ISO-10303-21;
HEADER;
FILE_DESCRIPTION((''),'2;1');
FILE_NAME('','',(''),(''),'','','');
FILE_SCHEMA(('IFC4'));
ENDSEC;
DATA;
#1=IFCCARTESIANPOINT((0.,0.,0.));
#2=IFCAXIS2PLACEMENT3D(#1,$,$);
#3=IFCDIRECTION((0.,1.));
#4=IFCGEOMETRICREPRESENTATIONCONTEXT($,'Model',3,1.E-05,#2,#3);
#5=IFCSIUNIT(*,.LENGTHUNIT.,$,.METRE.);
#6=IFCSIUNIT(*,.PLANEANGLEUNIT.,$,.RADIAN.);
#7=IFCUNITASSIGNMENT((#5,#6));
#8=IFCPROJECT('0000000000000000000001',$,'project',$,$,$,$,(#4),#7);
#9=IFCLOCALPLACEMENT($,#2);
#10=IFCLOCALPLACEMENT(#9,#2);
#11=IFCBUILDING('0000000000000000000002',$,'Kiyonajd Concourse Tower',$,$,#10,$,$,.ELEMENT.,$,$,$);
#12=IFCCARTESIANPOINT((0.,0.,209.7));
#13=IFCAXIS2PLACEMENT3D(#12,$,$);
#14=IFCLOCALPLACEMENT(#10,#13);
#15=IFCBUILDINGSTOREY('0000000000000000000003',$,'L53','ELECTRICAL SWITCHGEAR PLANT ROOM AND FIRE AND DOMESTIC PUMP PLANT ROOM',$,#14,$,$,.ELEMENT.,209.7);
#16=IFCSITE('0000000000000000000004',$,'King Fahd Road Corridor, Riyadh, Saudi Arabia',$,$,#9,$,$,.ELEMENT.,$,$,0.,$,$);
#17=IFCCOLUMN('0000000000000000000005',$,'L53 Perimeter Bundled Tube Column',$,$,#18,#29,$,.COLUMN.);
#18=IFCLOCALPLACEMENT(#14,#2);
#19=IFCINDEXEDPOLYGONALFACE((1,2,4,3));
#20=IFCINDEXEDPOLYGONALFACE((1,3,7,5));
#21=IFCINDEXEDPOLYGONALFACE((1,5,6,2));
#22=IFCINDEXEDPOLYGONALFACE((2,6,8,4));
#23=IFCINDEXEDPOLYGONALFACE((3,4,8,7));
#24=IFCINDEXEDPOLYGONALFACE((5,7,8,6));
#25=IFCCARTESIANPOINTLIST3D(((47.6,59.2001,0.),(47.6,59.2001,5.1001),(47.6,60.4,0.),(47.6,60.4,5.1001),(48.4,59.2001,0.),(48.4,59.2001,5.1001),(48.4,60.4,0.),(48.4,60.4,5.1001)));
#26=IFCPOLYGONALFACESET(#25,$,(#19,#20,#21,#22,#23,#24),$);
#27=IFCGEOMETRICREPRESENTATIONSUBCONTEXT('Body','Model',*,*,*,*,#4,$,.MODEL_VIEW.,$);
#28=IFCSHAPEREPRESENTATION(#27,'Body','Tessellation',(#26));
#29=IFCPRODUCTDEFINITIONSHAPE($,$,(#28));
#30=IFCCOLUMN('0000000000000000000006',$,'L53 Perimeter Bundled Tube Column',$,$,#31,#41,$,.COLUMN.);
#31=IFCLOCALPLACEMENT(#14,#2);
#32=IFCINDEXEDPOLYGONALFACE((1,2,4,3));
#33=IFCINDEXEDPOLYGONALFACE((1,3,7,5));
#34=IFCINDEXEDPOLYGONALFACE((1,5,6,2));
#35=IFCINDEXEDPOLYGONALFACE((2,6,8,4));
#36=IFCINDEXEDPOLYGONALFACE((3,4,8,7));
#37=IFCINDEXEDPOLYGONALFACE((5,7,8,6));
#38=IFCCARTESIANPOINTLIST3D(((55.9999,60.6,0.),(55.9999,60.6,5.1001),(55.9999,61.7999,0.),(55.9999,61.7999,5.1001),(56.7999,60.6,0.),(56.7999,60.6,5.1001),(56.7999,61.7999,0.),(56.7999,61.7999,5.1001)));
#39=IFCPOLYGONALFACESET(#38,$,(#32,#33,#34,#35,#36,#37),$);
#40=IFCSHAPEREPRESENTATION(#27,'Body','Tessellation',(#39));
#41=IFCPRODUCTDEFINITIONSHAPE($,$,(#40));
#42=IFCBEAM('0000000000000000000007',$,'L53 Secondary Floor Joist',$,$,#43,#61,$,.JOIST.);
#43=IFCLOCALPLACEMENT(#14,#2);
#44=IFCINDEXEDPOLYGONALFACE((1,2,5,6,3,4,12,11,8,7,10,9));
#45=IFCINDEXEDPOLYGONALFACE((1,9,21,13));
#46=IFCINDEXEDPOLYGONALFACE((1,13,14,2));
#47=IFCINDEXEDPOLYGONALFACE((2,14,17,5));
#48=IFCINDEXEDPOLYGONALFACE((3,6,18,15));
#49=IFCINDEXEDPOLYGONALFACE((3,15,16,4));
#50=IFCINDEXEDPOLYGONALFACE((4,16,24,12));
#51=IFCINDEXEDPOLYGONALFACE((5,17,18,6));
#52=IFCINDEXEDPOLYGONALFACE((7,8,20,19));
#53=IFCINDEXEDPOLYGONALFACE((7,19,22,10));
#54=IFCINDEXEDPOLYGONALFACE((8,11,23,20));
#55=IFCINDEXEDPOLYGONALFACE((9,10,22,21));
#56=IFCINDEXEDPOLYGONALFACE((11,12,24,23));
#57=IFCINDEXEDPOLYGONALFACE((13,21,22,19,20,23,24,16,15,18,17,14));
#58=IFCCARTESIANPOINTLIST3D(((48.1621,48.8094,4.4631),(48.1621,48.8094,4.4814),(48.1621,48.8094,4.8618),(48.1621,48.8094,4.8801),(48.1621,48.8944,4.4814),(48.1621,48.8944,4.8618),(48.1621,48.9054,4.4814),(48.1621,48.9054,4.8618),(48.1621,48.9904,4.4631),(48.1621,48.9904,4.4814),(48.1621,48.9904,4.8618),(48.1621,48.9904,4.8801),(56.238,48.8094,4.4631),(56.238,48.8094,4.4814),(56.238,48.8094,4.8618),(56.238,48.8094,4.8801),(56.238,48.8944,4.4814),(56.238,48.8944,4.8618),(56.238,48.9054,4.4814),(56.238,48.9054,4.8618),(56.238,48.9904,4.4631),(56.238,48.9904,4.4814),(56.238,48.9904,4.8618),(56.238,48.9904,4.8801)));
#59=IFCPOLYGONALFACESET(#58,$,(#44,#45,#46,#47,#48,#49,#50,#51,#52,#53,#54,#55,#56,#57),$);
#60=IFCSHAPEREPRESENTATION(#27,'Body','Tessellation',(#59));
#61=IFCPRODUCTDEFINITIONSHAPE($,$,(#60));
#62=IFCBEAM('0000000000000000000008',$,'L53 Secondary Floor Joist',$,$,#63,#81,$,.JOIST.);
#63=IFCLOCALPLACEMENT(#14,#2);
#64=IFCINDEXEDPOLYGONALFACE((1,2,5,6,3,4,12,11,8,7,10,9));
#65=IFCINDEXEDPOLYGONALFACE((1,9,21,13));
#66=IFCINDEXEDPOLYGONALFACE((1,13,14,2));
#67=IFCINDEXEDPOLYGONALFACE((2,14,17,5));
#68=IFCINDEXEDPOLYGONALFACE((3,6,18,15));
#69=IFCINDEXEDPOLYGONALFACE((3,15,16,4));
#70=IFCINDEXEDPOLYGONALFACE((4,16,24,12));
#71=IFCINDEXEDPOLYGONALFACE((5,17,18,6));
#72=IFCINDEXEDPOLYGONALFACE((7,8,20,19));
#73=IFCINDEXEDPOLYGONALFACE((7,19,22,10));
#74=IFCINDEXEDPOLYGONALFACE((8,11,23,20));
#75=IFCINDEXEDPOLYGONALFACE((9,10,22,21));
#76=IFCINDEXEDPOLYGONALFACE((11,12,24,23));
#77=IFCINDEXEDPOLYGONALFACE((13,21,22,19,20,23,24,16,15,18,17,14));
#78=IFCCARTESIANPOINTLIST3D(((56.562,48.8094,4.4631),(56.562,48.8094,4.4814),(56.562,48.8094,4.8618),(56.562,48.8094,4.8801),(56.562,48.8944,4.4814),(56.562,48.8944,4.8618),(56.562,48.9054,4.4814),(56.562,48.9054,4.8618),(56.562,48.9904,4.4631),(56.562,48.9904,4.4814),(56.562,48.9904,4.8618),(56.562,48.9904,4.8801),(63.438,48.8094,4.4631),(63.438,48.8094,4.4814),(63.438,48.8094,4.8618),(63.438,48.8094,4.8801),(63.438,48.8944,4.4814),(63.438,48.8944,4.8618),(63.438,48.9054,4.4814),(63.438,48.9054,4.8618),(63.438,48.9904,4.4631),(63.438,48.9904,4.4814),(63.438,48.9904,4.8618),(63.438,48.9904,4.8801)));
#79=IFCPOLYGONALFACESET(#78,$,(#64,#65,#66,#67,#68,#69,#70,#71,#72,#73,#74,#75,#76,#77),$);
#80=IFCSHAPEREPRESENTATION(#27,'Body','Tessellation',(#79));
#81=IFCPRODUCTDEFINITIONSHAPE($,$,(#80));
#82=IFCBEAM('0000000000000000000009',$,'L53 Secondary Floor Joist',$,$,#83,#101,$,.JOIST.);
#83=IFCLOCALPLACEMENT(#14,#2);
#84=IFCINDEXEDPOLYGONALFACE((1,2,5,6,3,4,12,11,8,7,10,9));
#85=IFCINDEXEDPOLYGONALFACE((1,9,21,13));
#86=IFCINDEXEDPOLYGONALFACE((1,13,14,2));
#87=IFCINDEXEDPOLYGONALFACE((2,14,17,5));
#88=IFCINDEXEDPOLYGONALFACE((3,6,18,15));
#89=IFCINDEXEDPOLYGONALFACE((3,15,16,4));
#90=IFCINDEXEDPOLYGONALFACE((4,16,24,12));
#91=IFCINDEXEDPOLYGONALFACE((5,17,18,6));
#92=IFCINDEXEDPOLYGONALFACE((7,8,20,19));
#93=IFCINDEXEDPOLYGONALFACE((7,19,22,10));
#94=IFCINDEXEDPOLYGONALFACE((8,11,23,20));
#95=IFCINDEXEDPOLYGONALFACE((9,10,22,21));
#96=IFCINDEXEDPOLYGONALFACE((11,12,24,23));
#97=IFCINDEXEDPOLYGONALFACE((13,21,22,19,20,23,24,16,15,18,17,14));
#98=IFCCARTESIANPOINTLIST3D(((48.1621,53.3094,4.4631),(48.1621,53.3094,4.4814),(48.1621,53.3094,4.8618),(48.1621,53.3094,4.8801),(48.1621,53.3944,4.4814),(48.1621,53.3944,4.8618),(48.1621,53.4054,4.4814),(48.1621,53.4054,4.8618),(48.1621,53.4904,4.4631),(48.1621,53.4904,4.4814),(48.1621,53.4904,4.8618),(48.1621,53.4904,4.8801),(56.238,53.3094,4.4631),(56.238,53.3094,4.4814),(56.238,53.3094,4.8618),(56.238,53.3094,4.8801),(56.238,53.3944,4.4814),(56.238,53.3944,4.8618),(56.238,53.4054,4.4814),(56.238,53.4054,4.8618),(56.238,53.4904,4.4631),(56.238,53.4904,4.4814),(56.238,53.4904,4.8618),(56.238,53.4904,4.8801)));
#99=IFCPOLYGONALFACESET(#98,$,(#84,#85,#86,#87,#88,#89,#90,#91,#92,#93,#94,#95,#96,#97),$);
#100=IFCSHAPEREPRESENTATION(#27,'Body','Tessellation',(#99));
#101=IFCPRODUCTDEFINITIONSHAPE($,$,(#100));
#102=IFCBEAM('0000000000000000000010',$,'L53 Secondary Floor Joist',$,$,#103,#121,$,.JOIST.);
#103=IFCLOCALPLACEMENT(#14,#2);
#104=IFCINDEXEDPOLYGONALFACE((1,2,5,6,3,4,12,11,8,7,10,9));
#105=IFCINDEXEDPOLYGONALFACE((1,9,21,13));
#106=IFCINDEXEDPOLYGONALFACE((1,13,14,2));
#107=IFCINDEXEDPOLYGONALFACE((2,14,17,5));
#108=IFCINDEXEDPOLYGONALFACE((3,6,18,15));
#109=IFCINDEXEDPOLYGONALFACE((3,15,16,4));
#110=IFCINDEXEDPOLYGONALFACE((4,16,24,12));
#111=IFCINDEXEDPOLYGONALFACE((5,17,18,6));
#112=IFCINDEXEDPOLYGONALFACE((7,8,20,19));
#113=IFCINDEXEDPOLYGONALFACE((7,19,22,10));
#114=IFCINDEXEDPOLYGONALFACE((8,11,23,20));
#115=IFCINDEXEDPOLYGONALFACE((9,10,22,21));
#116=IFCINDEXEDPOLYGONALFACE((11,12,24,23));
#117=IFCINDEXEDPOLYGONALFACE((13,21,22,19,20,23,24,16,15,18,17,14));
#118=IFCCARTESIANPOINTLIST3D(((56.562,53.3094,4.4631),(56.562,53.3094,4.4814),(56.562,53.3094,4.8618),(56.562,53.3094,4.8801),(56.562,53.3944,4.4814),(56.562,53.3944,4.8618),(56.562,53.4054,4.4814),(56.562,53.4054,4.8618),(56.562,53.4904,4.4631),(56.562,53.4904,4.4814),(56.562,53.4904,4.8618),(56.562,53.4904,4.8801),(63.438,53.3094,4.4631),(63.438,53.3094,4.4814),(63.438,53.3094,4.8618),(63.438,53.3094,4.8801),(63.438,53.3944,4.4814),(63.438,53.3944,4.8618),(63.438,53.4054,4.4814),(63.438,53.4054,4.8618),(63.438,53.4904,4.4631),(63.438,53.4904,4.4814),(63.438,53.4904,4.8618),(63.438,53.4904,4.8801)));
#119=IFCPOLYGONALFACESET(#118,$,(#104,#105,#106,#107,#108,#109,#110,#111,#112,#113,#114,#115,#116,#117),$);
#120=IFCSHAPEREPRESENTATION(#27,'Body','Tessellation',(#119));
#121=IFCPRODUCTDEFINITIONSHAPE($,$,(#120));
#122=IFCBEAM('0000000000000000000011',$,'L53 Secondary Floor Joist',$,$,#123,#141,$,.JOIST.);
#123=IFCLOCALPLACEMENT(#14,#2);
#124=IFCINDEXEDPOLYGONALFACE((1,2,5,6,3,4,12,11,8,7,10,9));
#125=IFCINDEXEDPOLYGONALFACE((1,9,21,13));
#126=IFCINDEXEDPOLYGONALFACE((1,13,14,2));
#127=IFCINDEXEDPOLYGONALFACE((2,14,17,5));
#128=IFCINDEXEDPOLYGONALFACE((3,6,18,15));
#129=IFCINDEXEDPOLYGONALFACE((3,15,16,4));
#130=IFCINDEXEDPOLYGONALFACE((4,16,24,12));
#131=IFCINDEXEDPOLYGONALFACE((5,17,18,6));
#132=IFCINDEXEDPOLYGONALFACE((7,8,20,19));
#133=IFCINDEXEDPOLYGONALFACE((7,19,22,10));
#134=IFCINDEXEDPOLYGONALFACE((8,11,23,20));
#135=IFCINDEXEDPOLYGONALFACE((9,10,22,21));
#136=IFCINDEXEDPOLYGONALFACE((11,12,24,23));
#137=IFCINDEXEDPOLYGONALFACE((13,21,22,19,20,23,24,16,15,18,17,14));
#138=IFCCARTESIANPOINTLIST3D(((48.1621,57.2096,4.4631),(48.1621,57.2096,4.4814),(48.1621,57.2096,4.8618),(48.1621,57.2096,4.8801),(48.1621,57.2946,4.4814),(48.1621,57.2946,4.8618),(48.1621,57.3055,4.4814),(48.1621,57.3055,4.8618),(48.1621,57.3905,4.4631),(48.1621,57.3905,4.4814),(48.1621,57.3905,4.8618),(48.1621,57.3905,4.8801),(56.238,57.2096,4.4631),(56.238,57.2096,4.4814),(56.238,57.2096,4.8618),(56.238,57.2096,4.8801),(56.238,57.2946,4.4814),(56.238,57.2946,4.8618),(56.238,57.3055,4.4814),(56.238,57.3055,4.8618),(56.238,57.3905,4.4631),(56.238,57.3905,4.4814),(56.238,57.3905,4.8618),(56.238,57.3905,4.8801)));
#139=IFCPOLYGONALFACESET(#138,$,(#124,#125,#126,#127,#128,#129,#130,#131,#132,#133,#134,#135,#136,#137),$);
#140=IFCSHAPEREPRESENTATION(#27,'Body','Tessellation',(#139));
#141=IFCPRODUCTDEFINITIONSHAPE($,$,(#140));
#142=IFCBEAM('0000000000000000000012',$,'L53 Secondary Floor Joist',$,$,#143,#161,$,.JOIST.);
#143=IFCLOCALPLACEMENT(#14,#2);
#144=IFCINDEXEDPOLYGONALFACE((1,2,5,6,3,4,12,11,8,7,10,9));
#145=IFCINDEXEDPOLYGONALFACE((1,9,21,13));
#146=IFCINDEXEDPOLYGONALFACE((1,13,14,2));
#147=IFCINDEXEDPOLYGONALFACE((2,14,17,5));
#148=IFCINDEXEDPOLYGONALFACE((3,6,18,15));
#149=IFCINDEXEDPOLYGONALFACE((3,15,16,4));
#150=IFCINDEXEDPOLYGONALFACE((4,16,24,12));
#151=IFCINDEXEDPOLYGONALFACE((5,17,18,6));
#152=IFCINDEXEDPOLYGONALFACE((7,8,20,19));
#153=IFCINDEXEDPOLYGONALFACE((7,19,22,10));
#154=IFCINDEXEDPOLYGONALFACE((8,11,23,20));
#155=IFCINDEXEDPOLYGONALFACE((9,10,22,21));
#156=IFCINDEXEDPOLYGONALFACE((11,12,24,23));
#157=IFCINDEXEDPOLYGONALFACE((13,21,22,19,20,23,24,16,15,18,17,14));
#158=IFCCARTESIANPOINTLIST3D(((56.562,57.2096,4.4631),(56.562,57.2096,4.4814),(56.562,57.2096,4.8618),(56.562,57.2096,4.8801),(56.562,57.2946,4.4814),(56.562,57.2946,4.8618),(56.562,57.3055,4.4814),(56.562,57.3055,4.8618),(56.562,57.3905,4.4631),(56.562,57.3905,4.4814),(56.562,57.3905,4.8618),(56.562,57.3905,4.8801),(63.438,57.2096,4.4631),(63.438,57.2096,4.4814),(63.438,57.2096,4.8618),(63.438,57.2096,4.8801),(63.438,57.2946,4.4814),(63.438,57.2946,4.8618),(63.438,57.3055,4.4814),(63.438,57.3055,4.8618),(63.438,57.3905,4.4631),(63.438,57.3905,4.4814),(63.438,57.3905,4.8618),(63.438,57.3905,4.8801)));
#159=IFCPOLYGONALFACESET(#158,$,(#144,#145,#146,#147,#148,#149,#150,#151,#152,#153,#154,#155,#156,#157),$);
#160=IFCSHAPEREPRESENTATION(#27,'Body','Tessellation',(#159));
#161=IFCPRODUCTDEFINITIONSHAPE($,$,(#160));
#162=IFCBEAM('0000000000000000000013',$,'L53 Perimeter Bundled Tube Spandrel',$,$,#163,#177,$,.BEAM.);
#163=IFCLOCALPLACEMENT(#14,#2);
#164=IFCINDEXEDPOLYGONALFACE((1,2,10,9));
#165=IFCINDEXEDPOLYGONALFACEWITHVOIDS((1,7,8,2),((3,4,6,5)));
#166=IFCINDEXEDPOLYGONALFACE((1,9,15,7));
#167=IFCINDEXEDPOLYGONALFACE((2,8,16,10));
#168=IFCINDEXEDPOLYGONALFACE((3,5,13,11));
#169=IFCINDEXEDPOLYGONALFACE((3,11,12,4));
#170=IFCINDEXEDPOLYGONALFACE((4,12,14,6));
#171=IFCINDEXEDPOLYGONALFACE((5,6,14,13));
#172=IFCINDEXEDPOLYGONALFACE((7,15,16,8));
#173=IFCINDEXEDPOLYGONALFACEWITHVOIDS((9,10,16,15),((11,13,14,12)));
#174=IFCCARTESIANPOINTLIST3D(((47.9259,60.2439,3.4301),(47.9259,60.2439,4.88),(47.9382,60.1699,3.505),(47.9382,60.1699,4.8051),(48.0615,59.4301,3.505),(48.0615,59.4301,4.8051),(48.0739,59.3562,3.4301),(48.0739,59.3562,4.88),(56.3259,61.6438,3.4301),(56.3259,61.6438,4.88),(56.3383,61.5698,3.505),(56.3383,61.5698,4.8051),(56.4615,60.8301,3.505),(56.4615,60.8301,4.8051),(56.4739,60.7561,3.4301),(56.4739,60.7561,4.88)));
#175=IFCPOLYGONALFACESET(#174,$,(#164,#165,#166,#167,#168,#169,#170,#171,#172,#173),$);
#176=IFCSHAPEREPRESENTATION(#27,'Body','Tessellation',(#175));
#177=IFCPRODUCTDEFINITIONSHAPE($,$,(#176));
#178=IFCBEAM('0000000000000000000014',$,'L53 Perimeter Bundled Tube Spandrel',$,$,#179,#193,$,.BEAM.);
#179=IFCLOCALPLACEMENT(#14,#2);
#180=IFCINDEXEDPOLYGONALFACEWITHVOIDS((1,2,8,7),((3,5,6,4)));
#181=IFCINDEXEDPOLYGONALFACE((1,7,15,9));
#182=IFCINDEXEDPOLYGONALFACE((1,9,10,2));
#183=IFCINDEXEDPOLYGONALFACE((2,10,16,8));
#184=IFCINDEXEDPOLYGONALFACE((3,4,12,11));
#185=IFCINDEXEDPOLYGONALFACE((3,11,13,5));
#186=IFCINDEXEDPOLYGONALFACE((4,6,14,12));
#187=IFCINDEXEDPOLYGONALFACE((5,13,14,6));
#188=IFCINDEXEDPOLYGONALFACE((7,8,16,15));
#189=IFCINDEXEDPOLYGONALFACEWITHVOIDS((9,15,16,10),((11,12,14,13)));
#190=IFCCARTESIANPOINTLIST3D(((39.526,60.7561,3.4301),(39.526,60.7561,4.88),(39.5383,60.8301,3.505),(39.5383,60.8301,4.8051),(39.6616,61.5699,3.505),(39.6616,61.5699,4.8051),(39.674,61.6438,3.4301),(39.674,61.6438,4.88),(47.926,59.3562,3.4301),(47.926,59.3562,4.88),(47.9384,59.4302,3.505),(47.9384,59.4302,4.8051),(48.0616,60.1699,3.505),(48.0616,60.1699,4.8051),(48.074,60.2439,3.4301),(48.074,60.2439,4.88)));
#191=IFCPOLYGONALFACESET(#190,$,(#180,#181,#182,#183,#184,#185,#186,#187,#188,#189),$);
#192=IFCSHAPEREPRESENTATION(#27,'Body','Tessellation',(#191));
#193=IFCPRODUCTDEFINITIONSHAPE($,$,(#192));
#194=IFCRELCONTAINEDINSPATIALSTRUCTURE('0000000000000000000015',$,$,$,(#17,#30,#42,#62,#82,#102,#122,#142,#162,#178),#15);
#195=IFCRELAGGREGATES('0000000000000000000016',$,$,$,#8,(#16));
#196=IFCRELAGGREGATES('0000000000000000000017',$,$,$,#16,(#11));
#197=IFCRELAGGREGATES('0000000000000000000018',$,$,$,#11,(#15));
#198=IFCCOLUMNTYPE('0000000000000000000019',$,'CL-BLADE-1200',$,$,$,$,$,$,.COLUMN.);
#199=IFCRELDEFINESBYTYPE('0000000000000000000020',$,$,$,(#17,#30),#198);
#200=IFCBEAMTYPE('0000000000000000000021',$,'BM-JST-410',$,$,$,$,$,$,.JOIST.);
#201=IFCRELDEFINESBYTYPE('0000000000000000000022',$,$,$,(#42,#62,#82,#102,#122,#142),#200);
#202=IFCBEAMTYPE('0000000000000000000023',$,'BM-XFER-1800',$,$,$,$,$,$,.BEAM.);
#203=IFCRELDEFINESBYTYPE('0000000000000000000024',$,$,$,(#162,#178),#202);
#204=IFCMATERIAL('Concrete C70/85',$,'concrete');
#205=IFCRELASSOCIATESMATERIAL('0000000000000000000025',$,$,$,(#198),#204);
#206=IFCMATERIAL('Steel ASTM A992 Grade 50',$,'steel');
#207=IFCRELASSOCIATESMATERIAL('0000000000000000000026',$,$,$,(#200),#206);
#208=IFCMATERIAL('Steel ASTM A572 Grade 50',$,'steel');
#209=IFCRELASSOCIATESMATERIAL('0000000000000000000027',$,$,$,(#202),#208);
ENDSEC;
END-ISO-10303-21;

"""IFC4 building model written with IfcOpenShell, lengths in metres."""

from ifc_helpers import new_model, si_unit, direction, frame, origin, origin_2d, place, context, subcontext, project, spatial, rectangle, hollow_rectangle, i_section, extrude, material, material_profile, profile_set, type_object, element, save


model = new_model("IFC4")

# Units and contexts
model_context = context("Model", 3, precision=1e-05, world=origin(), true_north=direction((0.0, 1.0)))
body_context = subcontext(model_context, "Body", "Model", "MODEL_VIEW")
ifc_project = project(units=[si_unit("LENGTHUNIT", "METRE"), si_unit("PLANEANGLEUNIT", "RADIAN")], contexts=[model_context])

# Site, building, storey
site_placement = place(None, origin())
site = spatial("IfcSite", under=ifc_project, at=site_placement, Name="King Fahd Road Corridor, Riyadh, Saudi Arabia", CompositionType="ELEMENT", RefElevation=0.0)
building_placement = place(site_placement, origin())
building = spatial("IfcBuilding", under=site, at=building_placement, Name="Kiyonajd Concourse Tower", CompositionType="ELEMENT")
storey_placement = place(building_placement, frame((0.0, 0.0, 209.7)))
storey = spatial("IfcBuildingStorey", under=building, at=storey_placement, Name="L53", Description="ELECTRICAL SWITCHGEAR PLANT ROOM AND FIRE AND DOMESTIC PUMP PLANT ROOM", CompositionType="ELEMENT", Elevation=209.7)

# Columns
ifc_material_1 = material(Name="Concrete C70/85", Category="concrete")
ifc_material_profile_1 = material_profile(ifc_material_1, rectangle(XDim=0.8, YDim=1.2, at=origin_2d()), Name="RC-1200x800")
ifc_profile_set_1 = profile_set([ifc_material_profile_1], Name="Concrete C70/85")
column_type = type_object("IfcColumnType", Name="CL-BLADE-1200", PredefinedType="COLUMN", material=ifc_profile_set_1)
for number, where, z_axis, x_axis, name in (
    (1, (48.0, 59.8, 0.0), (0.0, 0.0, 1.0), (1.0, 0.0, 0.0), "L53 Perimeter Bundled Tube Column"),
    (2, (56.3999, 61.2, 0.0), (0.0, 0.0, 1.0), (1.0, 0.0, 0.0), "L53 Perimeter Bundled Tube Column"),
):
    element("IfcColumn", number, at=place(storey_placement, frame(where, z_axis=z_axis, x_axis=x_axis)), inside=storey, type_object=column_type, Name=name, PredefinedType="COLUMN", context=body_context, shape_type="SweptSolid", body=[
        extrude(rectangle(XDim=0.8, YDim=1.2, at=origin_2d()), origin(), (0.0, 0.0, 1.0), 5.1001),
    ])

# Beams
ifc_material_2 = material(Name="Steel ASTM A992 Grade 50", Category="steel")
ifc_material_profile_2 = material_profile(ifc_material_2, i_section(OverallWidth=0.1809, OverallDepth=0.417, WebThickness=0.011, FlangeThickness=0.0183, at=origin_2d()), Name="W410X85")
ifc_profile_set_2 = profile_set([ifc_material_profile_2], Name="Steel ASTM A992 Grade 50")
beam_type_1 = type_object("IfcBeamType", Name="BM-JST-410", PredefinedType="JOIST", material=ifc_profile_set_2)
beam_1_placement = place(storey_placement, frame((48.1621, 48.8999, 4.6716), z_axis=(1.0, 0.0, 0.0), x_axis=(0.0, 1.0, 0.0)))
element("IfcBeam", 3, at=beam_1_placement, inside=storey, type_object=beam_type_1, Name="L53 Secondary Floor Joist", PredefinedType="JOIST", context=body_context, shape_type="SweptSolid", body=[
    extrude(i_section(OverallWidth=0.1809, OverallDepth=0.417, WebThickness=0.011, FlangeThickness=0.0183, at=origin_2d()), origin(), (0.0, 0.0, 1.0), 8.0759),
])
beam_2_placement = place(storey_placement, frame((56.562, 48.8999, 4.6716), z_axis=(1.0, 0.0, 0.0), x_axis=(0.0, 1.0, 0.0)))
element("IfcBeam", 4, at=beam_2_placement, inside=storey, type_object=beam_type_1, Name="L53 Secondary Floor Joist", PredefinedType="JOIST", context=body_context, shape_type="SweptSolid", body=[
    extrude(i_section(OverallWidth=0.1809, OverallDepth=0.417, WebThickness=0.011, FlangeThickness=0.0183, at=origin_2d()), origin(), (0.0, 0.0, 1.0), 6.876),
])
beam_3_placement = place(storey_placement, frame((48.1621, 53.3999, 4.6716), z_axis=(1.0, 0.0, 0.0), x_axis=(0.0, 1.0, 0.0)))
element("IfcBeam", 5, at=beam_3_placement, inside=storey, type_object=beam_type_1, Name="L53 Secondary Floor Joist", PredefinedType="JOIST", context=body_context, shape_type="SweptSolid", body=[
    extrude(i_section(OverallWidth=0.1809, OverallDepth=0.417, WebThickness=0.011, FlangeThickness=0.0183, at=origin_2d()), origin(), (0.0, 0.0, 1.0), 8.0759),
])
beam_4_placement = place(storey_placement, frame((56.562, 53.3999, 4.6716), z_axis=(1.0, 0.0, 0.0), x_axis=(0.0, 1.0, 0.0)))
element("IfcBeam", 6, at=beam_4_placement, inside=storey, type_object=beam_type_1, Name="L53 Secondary Floor Joist", PredefinedType="JOIST", context=body_context, shape_type="SweptSolid", body=[
    extrude(i_section(OverallWidth=0.1809, OverallDepth=0.417, WebThickness=0.011, FlangeThickness=0.0183, at=origin_2d()), origin(), (0.0, 0.0, 1.0), 6.876),
])
beam_5_placement = place(storey_placement, frame((48.1621, 57.3, 4.6716), z_axis=(1.0, 0.0, 0.0), x_axis=(0.0, 1.0, 0.0)))
element("IfcBeam", 7, at=beam_5_placement, inside=storey, type_object=beam_type_1, Name="L53 Secondary Floor Joist", PredefinedType="JOIST", context=body_context, shape_type="SweptSolid", body=[
    extrude(i_section(OverallWidth=0.1809, OverallDepth=0.417, WebThickness=0.011, FlangeThickness=0.0183, at=origin_2d()), origin(), (0.0, 0.0, 1.0), 8.0759),
])
beam_6_placement = place(storey_placement, frame((56.562, 57.3, 4.6716), z_axis=(1.0, 0.0, 0.0), x_axis=(0.0, 1.0, 0.0)))
element("IfcBeam", 8, at=beam_6_placement, inside=storey, type_object=beam_type_1, Name="L53 Secondary Floor Joist", PredefinedType="JOIST", context=body_context, shape_type="SweptSolid", body=[
    extrude(i_section(OverallWidth=0.1809, OverallDepth=0.417, WebThickness=0.011, FlangeThickness=0.0183, at=origin_2d()), origin(), (0.0, 0.0, 1.0), 6.876),
])
ifc_material_3 = material(Name="Steel ASTM A572 Grade 50", Category="steel")
ifc_material_profile_3 = material_profile(ifc_material_3, hollow_rectangle(XDim=0.8999, YDim=1.45, WallThickness=0.075, at=origin_2d()), Name="BOX-1450x900x75")
ifc_profile_set_3 = profile_set([ifc_material_profile_3], Name="Steel ASTM A572 Grade 50")
beam_type_2 = type_object("IfcBeamType", Name="BM-XFER-1800", PredefinedType="BEAM", material=ifc_profile_set_3)
for number, where, z_axis, x_axis, name in (
    (9, (56.3999, 61.2, 4.155), (-0.986395, -0.16439, 0.0), (0.16439, -0.986395, 0.0), "L53 Perimeter Bundled Tube Spandrel"),
    (10, (48.0, 59.8, 4.155), (-0.986395, 0.16439, 0.0), (-0.16439, -0.986395, 0.0), "L53 Perimeter Bundled Tube Spandrel"),
):
    element("IfcBeam", number, at=place(storey_placement, frame(where, z_axis=z_axis, x_axis=x_axis)), inside=storey, type_object=beam_type_2, Name=name, PredefinedType="BEAM", context=body_context, shape_type="SweptSolid", body=[
        extrude(hollow_rectangle(XDim=0.8999, YDim=1.45, WallThickness=0.075, at=origin_2d()), origin(), (0.0, 0.0, 1.0), 8.5159),
    ])

save(model, "model.ifc")
